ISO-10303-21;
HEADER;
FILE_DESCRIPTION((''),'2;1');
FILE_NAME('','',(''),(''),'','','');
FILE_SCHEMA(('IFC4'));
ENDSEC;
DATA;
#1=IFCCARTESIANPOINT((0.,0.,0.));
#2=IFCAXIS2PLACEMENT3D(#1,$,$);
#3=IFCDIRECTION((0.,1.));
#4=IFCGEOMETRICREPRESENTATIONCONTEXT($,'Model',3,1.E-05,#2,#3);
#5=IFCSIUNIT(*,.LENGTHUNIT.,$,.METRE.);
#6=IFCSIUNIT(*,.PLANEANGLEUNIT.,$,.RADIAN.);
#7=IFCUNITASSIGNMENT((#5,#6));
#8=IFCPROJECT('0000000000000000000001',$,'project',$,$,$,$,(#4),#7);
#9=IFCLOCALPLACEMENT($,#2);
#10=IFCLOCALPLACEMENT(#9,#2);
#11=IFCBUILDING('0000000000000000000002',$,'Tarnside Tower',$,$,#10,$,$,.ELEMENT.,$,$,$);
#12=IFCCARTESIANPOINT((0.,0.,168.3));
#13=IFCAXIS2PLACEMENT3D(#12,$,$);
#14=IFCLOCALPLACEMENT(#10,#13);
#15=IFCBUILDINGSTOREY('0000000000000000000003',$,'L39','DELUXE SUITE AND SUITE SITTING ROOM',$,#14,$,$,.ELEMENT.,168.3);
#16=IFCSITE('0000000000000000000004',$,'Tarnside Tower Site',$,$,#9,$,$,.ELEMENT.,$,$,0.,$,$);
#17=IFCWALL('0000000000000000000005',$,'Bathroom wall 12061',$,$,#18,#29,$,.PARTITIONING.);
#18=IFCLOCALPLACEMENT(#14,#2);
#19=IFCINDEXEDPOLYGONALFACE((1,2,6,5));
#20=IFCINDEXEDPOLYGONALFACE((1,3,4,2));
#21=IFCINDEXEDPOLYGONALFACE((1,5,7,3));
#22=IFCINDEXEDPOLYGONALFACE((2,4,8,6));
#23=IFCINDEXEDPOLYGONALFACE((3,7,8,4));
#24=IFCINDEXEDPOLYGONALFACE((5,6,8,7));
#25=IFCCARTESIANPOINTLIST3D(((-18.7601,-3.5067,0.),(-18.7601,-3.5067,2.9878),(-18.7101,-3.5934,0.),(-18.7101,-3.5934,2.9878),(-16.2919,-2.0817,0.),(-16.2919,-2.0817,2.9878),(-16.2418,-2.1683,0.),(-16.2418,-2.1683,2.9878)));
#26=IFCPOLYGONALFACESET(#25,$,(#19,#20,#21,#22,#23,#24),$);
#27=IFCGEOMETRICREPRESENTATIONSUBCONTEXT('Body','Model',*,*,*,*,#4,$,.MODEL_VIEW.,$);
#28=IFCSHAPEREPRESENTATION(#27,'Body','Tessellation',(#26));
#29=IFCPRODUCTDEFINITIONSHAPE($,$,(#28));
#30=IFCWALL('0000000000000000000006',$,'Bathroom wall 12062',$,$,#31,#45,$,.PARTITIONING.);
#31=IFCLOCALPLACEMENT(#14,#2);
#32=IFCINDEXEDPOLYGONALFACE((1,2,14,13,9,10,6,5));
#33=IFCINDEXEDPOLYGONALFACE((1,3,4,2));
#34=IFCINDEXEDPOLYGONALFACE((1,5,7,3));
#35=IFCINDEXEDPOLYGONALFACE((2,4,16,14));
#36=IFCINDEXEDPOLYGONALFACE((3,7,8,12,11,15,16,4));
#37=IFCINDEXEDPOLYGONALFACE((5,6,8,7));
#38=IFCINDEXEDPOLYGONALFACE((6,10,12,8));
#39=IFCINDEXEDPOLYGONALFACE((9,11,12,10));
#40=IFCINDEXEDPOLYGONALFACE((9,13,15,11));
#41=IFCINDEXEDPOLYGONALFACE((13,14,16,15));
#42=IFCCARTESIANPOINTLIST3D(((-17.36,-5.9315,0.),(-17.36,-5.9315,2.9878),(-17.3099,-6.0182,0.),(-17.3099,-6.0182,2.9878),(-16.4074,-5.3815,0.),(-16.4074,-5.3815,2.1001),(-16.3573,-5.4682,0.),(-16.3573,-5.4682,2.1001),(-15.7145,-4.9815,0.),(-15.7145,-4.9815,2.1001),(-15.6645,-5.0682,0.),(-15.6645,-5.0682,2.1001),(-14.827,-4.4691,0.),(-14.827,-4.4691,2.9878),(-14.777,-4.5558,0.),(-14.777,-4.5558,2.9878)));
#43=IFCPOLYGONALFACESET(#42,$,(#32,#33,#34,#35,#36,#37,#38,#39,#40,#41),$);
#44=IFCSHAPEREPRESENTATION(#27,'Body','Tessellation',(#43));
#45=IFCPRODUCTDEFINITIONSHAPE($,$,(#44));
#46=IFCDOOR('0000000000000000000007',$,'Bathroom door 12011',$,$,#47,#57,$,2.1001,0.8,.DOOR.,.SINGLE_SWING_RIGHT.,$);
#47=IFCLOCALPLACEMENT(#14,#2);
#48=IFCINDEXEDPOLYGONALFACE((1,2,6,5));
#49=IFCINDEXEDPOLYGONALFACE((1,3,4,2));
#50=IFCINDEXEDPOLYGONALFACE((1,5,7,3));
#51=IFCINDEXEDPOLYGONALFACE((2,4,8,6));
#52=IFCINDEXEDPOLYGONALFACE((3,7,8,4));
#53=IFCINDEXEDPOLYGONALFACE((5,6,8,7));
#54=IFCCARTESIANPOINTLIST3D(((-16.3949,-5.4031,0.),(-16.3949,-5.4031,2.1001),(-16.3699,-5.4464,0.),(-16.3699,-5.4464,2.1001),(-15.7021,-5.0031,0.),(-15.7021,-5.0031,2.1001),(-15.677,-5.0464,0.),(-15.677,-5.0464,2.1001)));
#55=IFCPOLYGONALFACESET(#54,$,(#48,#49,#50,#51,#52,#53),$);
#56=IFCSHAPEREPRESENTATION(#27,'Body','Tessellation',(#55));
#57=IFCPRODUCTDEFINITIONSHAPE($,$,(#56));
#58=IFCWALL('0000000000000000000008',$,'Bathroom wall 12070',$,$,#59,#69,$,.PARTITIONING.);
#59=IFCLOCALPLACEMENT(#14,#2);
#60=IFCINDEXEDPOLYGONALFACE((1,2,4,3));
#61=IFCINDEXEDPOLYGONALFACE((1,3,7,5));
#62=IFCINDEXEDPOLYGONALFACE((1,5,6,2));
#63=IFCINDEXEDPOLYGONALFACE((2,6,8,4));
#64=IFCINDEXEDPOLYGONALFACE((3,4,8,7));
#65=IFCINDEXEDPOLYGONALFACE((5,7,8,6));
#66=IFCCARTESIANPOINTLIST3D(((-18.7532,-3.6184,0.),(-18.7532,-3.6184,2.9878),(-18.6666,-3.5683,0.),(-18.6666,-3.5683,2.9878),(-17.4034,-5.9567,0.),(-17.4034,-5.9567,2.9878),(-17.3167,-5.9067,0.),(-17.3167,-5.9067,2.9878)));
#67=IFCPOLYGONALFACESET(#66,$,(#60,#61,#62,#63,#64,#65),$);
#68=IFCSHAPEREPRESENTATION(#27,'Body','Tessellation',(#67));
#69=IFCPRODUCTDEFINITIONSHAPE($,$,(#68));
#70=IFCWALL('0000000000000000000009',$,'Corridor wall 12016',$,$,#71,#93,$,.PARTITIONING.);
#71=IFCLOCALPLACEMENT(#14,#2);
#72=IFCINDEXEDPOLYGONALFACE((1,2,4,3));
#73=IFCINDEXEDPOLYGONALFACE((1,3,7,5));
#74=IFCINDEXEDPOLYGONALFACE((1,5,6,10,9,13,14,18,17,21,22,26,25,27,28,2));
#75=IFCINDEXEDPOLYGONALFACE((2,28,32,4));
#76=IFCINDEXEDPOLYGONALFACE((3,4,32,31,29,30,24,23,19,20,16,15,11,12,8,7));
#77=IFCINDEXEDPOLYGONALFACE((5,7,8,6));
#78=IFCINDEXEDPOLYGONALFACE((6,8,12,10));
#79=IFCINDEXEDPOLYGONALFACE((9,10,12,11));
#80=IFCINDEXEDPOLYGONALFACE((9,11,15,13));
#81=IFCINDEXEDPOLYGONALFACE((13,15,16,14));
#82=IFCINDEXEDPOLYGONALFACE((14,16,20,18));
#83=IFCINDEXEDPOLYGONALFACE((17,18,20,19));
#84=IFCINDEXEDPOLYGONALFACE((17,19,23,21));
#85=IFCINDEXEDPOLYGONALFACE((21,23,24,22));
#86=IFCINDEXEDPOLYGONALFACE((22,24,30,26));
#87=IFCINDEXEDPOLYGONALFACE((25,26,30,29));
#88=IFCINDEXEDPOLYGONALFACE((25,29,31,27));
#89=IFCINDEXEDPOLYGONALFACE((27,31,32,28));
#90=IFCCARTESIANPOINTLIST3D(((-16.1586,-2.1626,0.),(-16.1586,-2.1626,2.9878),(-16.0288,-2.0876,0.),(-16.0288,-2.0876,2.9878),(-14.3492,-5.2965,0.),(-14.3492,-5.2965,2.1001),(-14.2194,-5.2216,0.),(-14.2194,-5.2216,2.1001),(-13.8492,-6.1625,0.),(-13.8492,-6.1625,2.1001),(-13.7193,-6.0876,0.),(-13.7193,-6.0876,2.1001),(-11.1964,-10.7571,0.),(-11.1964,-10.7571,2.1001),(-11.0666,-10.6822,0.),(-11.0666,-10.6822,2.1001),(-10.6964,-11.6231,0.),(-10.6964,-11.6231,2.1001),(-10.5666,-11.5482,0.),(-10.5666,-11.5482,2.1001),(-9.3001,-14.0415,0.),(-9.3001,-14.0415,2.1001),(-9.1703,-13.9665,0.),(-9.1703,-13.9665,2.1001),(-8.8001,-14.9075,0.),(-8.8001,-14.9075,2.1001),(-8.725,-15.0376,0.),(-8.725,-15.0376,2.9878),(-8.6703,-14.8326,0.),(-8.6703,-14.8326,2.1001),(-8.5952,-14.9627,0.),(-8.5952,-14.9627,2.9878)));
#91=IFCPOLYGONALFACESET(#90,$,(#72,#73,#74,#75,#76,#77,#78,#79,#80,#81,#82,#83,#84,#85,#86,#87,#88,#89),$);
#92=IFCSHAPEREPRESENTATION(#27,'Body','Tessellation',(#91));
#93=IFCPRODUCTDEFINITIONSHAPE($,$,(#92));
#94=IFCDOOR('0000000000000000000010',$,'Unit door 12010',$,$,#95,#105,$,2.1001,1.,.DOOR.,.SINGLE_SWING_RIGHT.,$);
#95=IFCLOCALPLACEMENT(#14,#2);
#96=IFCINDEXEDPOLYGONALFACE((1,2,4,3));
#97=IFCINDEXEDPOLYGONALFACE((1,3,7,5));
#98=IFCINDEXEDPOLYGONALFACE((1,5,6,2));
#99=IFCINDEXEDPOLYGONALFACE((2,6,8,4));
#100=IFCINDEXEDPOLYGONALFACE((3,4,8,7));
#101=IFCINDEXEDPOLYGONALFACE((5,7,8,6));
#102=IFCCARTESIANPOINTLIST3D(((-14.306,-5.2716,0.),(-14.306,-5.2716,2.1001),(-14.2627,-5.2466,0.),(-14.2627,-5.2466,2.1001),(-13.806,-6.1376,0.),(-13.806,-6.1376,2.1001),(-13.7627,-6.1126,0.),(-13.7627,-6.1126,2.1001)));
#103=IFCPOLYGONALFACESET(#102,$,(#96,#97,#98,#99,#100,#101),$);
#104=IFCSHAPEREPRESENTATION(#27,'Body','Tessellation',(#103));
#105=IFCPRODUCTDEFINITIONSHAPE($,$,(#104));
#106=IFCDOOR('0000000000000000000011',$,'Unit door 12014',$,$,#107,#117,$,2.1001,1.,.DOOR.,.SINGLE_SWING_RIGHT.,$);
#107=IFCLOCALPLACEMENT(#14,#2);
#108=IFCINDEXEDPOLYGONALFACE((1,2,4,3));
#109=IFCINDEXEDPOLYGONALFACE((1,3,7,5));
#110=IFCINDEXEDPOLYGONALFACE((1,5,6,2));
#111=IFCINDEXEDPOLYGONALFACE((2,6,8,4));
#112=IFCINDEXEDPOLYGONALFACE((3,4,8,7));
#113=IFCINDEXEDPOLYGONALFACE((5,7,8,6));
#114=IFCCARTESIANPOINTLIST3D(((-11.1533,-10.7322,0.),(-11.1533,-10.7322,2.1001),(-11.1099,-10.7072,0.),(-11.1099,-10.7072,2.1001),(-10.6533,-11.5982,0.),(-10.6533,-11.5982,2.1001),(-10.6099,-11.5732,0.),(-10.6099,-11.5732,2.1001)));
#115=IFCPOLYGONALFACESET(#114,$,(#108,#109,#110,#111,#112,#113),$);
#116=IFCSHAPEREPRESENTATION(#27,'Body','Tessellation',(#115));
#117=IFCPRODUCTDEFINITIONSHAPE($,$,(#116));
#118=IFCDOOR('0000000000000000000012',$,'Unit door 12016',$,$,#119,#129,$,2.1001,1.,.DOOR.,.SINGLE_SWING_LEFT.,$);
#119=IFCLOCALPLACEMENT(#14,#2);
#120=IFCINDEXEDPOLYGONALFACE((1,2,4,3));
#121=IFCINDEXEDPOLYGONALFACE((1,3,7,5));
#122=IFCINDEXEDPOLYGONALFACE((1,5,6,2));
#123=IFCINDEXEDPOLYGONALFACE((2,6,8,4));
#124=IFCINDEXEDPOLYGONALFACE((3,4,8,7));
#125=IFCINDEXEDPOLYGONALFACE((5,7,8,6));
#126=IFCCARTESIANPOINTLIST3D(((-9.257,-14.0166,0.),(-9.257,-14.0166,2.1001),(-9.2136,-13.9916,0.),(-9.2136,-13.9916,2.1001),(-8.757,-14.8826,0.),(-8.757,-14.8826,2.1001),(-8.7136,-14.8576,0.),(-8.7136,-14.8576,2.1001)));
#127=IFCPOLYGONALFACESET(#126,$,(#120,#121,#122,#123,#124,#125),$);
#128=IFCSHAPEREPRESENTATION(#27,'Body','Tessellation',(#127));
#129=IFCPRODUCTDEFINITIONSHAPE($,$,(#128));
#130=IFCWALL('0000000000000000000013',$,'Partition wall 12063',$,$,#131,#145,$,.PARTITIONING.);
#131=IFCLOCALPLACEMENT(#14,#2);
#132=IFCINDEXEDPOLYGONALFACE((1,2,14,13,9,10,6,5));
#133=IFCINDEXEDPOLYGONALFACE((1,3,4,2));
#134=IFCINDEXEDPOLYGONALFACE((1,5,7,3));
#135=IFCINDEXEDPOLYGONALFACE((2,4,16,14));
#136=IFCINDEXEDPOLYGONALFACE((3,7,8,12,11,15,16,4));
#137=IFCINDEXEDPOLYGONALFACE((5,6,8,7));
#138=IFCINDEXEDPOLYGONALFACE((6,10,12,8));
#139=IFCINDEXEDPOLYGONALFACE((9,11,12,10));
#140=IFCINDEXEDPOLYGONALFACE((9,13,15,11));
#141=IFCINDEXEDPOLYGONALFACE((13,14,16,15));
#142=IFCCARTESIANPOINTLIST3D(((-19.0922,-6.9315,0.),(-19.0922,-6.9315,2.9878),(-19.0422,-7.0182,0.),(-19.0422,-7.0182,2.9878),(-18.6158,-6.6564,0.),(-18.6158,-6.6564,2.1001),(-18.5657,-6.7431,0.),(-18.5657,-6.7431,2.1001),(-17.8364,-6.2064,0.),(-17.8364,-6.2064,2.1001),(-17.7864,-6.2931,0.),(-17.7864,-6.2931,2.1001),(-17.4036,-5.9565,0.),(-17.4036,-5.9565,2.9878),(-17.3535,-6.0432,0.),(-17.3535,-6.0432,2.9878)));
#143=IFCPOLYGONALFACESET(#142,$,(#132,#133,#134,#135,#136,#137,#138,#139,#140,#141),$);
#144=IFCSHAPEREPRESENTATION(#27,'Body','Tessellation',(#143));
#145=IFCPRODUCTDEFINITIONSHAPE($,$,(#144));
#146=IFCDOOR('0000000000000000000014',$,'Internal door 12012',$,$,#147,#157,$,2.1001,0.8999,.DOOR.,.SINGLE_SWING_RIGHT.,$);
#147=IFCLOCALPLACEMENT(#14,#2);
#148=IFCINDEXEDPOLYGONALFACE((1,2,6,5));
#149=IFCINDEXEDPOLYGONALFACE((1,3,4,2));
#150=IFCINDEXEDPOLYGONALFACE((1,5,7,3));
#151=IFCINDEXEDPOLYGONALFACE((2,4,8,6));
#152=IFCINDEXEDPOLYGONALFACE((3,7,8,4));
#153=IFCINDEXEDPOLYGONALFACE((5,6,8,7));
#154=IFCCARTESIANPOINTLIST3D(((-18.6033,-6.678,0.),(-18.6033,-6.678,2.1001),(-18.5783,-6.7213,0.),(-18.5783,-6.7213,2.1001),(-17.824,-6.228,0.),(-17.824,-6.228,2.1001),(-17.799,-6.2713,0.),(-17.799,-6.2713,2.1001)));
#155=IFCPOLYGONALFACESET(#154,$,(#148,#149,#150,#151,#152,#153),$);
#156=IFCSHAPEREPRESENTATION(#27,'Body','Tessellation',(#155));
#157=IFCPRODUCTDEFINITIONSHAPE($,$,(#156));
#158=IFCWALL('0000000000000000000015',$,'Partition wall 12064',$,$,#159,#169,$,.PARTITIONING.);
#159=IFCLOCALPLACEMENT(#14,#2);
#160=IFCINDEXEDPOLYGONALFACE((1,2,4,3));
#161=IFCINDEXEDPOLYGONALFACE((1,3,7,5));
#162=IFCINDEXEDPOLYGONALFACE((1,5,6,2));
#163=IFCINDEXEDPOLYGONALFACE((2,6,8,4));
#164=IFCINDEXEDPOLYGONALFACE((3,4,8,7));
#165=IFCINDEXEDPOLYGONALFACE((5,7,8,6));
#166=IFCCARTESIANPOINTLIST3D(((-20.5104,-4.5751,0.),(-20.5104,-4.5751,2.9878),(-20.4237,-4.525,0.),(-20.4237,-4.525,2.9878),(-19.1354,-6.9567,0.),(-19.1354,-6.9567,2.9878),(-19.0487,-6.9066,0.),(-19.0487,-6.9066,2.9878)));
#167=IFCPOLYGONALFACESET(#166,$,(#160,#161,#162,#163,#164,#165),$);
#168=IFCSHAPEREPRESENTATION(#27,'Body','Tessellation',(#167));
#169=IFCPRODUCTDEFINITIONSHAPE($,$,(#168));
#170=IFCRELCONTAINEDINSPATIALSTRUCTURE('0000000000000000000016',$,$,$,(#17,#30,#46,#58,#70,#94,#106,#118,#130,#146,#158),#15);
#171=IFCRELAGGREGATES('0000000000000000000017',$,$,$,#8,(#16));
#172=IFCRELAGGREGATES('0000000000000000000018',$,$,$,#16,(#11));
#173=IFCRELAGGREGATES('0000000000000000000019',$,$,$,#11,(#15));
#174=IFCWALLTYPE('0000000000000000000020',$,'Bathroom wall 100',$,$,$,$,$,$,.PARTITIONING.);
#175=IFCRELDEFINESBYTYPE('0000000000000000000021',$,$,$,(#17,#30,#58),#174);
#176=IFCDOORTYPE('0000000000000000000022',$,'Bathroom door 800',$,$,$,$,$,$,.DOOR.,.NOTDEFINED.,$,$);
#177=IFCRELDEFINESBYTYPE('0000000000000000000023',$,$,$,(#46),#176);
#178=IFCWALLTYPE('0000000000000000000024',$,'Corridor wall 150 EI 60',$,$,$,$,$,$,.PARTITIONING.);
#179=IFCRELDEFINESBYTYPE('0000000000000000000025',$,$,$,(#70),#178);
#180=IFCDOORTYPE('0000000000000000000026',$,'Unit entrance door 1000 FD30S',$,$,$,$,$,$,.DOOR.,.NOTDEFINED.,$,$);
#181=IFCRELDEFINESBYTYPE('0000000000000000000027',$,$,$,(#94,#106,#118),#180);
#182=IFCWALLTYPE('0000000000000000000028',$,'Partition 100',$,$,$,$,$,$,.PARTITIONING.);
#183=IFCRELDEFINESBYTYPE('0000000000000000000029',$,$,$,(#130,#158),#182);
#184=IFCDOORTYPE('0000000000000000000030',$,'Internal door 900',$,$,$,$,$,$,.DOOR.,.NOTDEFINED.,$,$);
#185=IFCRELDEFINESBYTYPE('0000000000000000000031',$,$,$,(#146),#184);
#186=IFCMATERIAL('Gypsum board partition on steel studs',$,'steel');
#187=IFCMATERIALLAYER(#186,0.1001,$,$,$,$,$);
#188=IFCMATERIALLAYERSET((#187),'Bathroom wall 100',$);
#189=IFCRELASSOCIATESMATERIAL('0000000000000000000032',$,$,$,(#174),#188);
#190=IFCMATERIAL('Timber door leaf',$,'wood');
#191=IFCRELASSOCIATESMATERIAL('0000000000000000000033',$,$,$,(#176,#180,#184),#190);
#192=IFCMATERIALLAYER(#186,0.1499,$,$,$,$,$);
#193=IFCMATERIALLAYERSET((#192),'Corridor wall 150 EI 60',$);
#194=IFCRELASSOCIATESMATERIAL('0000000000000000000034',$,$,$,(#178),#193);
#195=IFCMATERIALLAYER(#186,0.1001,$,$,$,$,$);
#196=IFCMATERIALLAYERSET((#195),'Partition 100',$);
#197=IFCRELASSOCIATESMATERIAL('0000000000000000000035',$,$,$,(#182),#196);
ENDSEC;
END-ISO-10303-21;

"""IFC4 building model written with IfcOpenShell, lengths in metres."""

from ifc_helpers import new_model, si_unit, direction, frame, frame_2d, origin, place, context, subcontext, project, spatial, rectangle, extrude, material, layer, layer_set, type_object, element, fill, save


model = new_model("IFC4")

# Units and contexts
model_context = context("Model", 3, precision=1e-05, world=origin(), true_north=direction((0.0, 1.0)))
body_context = subcontext(model_context, "Body", "Model", "MODEL_VIEW")
ifc_project = project(units=[si_unit("LENGTHUNIT", "METRE"), si_unit("PLANEANGLEUNIT", "RADIAN")], contexts=[model_context])

# Site, building, storey
site_placement = place(None, origin())
site = spatial("IfcSite", under=ifc_project, at=site_placement, Name="Tarnside Tower Site", CompositionType="ELEMENT", RefElevation=0.0)
building_placement = place(site_placement, origin())
building = spatial("IfcBuilding", under=site, at=building_placement, Name="Tarnside Tower", CompositionType="ELEMENT")
storey_placement = place(building_placement, frame((0.0, 0.0, 168.3)))
storey = spatial("IfcBuildingStorey", under=building, at=storey_placement, Name="L39", Description="DELUXE SUITE AND SUITE SITTING ROOM", CompositionType="ELEMENT", Elevation=168.3)

# Wall
ifc_material_1 = material(Name="Gypsum board partition on steel studs", Category="steel")
ifc_layer_1 = layer(ifc_material_1, 0.1001)
ifc_layer_set_1 = layer_set([ifc_layer_1], Name="Bathroom wall 100")
wall_type_1 = type_object("IfcWallType", Name="Bathroom wall 100", PredefinedType="PARTITIONING", material=ifc_layer_set_1)
wall_1_placement = place(storey_placement, frame((-18.7351, -3.55, 0.0), z_axis=(0.0, 0.0, 1.0), x_axis=(0.866026, 0.499999, 0.0)))
element("IfcWall", 1, at=wall_1_placement, inside=storey, type_object=wall_type_1, Name="Bathroom wall 12061", PredefinedType="PARTITIONING", context=body_context, shape_type="SweptSolid", body=[
    extrude(rectangle(XDim=2.8501, YDim=0.1001, at=frame_2d((1.425, 0.0))), origin(), (0.0, 0.0, 1.0), 2.9878),
])

# Wall, opening, door
wall_2_placement = place(storey_placement, frame((-14.802, -4.5125, 0.0), z_axis=(0.0, 0.0, 1.0), x_axis=(-0.866026, -0.499999, 0.0)))
wall_2 = element("IfcWall", 2, at=wall_2_placement, inside=storey, type_object=wall_type_1, Name="Bathroom wall 12062", PredefinedType="PARTITIONING", context=body_context, shape_type="SweptSolid", body=[
    extrude(rectangle(XDim=2.9248, YDim=0.1001, at=frame_2d((1.4624, 0.0))), origin(), (0.0, 0.0, 1.0), 2.9878),
])
opening_1_placement = place(wall_2_placement, frame((1.0249, 0.0, 0.0)))
opening_1 = element("IfcOpeningElement", 3, at=opening_1_placement, cuts=wall_2, PredefinedType="OPENING", context=body_context, shape_type="SweptSolid", body=[
    extrude(rectangle(XDim=0.8, YDim=2.1001, at=frame_2d((0.3999, 1.05))), frame((0.0, 0.0601, 0.0), z_axis=(0.0, -1.0, 0.0), x_axis=(1.0, 0.0, 0.0)), (0.0, 0.0, 1.0), 0.1201),
])
ifc_material_2 = material(Name="Timber door leaf", Category="wood")
door_type_1 = type_object("IfcDoorType", Name="Bathroom door 800", OperationType="NOTDEFINED", PredefinedType="DOOR", material=ifc_material_2)
door_1_placement = place(opening_1_placement, origin())
door_1 = element("IfcDoor", 4, at=door_1_placement, inside=storey, type_object=door_type_1, Name="Bathroom door 12011", OperationType="SINGLE_SWING_RIGHT", OverallHeight=2.1001, OverallWidth=0.8, PredefinedType="DOOR", context=body_context, shape_type="SweptSolid", body=[
    extrude(rectangle(XDim=0.8, YDim=2.1001, at=frame_2d((0.3999, 1.05))), frame((0.0, 0.0249, 0.0), z_axis=(0.0, -1.0, 0.0), x_axis=(1.0, 0.0, 0.0)), (0.0, 0.0, 1.0), 0.05),
])
fill(opening_1, door_1)

# Wall
wall_3_placement = place(storey_placement, frame((-18.71, -3.5933, 0.0), z_axis=(0.0, 0.0, 1.0), x_axis=(0.499942, -0.866059, 0.0)))
element("IfcWall", 5, at=wall_3_placement, inside=storey, type_object=wall_type_1, Name="Bathroom wall 12070", PredefinedType="PARTITIONING", context=body_context, shape_type="SweptSolid", body=[
    extrude(rectangle(XDim=2.7, YDim=0.1001, at=frame_2d((1.3501, 0.0))), origin(), (0.0, 0.0, 1.0), 2.9878),
])

# Wall, openings, doors
ifc_layer_2 = layer(ifc_material_1, 0.1499)
ifc_layer_set_2 = layer_set([ifc_layer_2], Name="Corridor wall 150 EI 60")
wall_type_2 = type_object("IfcWallType", Name="Corridor wall 150 EI 60", PredefinedType="PARTITIONING", material=ifc_layer_set_2)
wall_4_placement = place(storey_placement, frame((-16.0938, -2.125, 0.0), z_axis=(0.0, 0.0, 1.0), x_axis=(0.500011, -0.866019, 0.0)))
wall_4 = element("IfcWall", 6, at=wall_4_placement, inside=storey, type_object=wall_type_2, Name="Corridor wall 12016", PredefinedType="PARTITIONING", context=body_context, shape_type="SweptSolid", body=[
    extrude(rectangle(XDim=14.8669, YDim=0.1499, at=frame_2d((7.4336, 0.0))), origin(), (0.0, 0.0, 1.0), 2.9878),
])
opening_2_placement = place(wall_4_placement, frame((3.6189, 0.0, 0.0)))
opening_2 = element("IfcOpeningElement", 7, at=opening_2_placement, cuts=wall_4, PredefinedType="OPENING", context=body_context, shape_type="SweptSolid", body=[
    extrude(rectangle(XDim=1.0, YDim=2.1001, at=frame_2d((0.5, 1.05))), frame((0.0, 0.085, 0.0), z_axis=(0.0, -1.0, 0.0), x_axis=(1.0, 0.0, 0.0)), (0.0, 0.0, 1.0), 0.1699),
])
opening_3_placement = place(wall_4_placement, frame((9.9243, 0.0, 0.0)))
opening_3 = element("IfcOpeningElement", 8, at=opening_3_placement, cuts=wall_4, PredefinedType="OPENING", context=body_context, shape_type="SweptSolid", body=[
    extrude(rectangle(XDim=1.0, YDim=2.1001, at=frame_2d((0.5, 1.05))), frame((0.0, 0.085, 0.0), z_axis=(0.0, -1.0, 0.0), x_axis=(1.0, 0.0, 0.0)), (0.0, 0.0, 1.0), 0.1699),
])
opening_4_placement = place(wall_4_placement, frame((13.7168, 0.0, 0.0)))
opening_4 = element("IfcOpeningElement", 9, at=opening_4_placement, cuts=wall_4, PredefinedType="OPENING", context=body_context, shape_type="SweptSolid", body=[
    extrude(rectangle(XDim=1.0, YDim=2.1001, at=frame_2d((0.5, 1.05))), frame((0.0, 0.085, 0.0), z_axis=(0.0, -1.0, 0.0), x_axis=(1.0, 0.0, 0.0)), (0.0, 0.0, 1.0), 0.1699),
])
door_type_2 = type_object("IfcDoorType", Name="Unit entrance door 1000 FD30S", OperationType="NOTDEFINED", PredefinedType="DOOR", material=ifc_material_2)
door_2_placement = place(opening_2_placement, origin())
door_2 = element("IfcDoor", 10, at=door_2_placement, inside=storey, type_object=door_type_2, Name="Unit door 12010", OperationType="SINGLE_SWING_RIGHT", OverallHeight=2.1001, OverallWidth=1.0, PredefinedType="DOOR", context=body_context, shape_type="SweptSolid", body=[
    extrude(rectangle(XDim=1.0, YDim=2.1001, at=frame_2d((0.5, 1.05))), frame((0.0, 0.0249, 0.0), z_axis=(0.0, -1.0, 0.0), x_axis=(1.0, 0.0, 0.0)), (0.0, 0.0, 1.0), 0.05),
])
fill(opening_2, door_2)
door_3_placement = place(opening_3_placement, origin())
door_3 = element("IfcDoor", 11, at=door_3_placement, inside=storey, type_object=door_type_2, Name="Unit door 12014", OperationType="SINGLE_SWING_RIGHT", OverallHeight=2.1001, OverallWidth=1.0, PredefinedType="DOOR", context=body_context, shape_type="SweptSolid", body=[
    extrude(rectangle(XDim=1.0, YDim=2.1001, at=frame_2d((0.5, 1.05))), frame((0.0, 0.0249, 0.0), z_axis=(0.0, -1.0, 0.0), x_axis=(1.0, 0.0, 0.0)), (0.0, 0.0, 1.0), 0.05),
])
fill(opening_3, door_3)
door_4_placement = place(opening_4_placement, origin())
door_4 = element("IfcDoor", 12, at=door_4_placement, inside=storey, type_object=door_type_2, Name="Unit door 12016", OperationType="SINGLE_SWING_LEFT", OverallHeight=2.1001, OverallWidth=1.0, PredefinedType="DOOR", context=body_context, shape_type="SweptSolid", body=[
    extrude(rectangle(XDim=1.0, YDim=2.1001, at=frame_2d((0.5, 1.05))), frame((0.0, 0.0249, 0.0), z_axis=(0.0, -1.0, 0.0), x_axis=(1.0, 0.0, 0.0)), (0.0, 0.0, 1.0), 0.05),
])
fill(opening_4, door_4)

# Wall, opening, door
ifc_layer_3 = layer(ifc_material_1, 0.1001)
ifc_layer_set_3 = layer_set([ifc_layer_3], Name="Partition 100")
wall_type_3 = type_object("IfcWallType", Name="Partition 100", PredefinedType="PARTITIONING", material=ifc_layer_set_3)
wall_5_placement = place(storey_placement, frame((-17.3784, -5.9998, 0.0), z_axis=(0.0, 0.0, 1.0), x_axis=(-0.866, -0.500044, 0.0)))
wall_5 = element("IfcWall", 13, at=wall_5_placement, inside=storey, type_object=wall_type_3, Name="Partition wall 12063", PredefinedType="PARTITIONING", context=body_context, shape_type="SweptSolid", body=[
    extrude(rectangle(XDim=1.95, YDim=0.1001, at=frame_2d((0.9751, 0.0))), origin(), (0.0, 0.0, 1.0), 2.9878),
])
opening_5_placement = place(wall_5_placement, frame((0.5, 0.0, 0.0)))
opening_5 = element("IfcOpeningElement", 14, at=opening_5_placement, cuts=wall_5, PredefinedType="OPENING", context=body_context, shape_type="SweptSolid", body=[
    extrude(rectangle(XDim=0.8999, YDim=2.1001, at=frame_2d((0.45, 1.05))), frame((0.0, 0.0601, 0.0), z_axis=(0.0, -1.0, 0.0), x_axis=(1.0, 0.0, 0.0)), (0.0, 0.0, 1.0), 0.1201),
])
door_type_3 = type_object("IfcDoorType", Name="Internal door 900", OperationType="NOTDEFINED", PredefinedType="DOOR", material=ifc_material_2)
door_5_placement = place(opening_5_placement, origin())
door_5 = element("IfcDoor", 15, at=door_5_placement, inside=storey, type_object=door_type_3, Name="Internal door 12012", OperationType="SINGLE_SWING_RIGHT", OverallHeight=2.1001, OverallWidth=0.8999, PredefinedType="DOOR", context=body_context, shape_type="SweptSolid", body=[
    extrude(rectangle(XDim=0.8999, YDim=2.1001, at=frame_2d((0.45, 1.05))), frame((0.0, 0.0249, 0.0), z_axis=(0.0, -1.0, 0.0), x_axis=(1.0, 0.0, 0.0)), (0.0, 0.0, 1.0), 0.05),
])
fill(opening_5, door_5)

# Wall
wall_6_placement = place(storey_placement, frame((-19.092, -6.9316, 0.0), z_axis=(0.0, 0.0, 1.0), x_axis=(-0.499997, 0.866027, 0.0)))
element("IfcWall", 16, at=wall_6_placement, inside=storey, type_object=wall_type_3, Name="Partition wall 12064", PredefinedType="PARTITIONING", context=body_context, shape_type="SweptSolid", body=[
    extrude(rectangle(XDim=2.75, YDim=0.1001, at=frame_2d((1.375, 0.0))), origin(), (0.0, 0.0, 1.0), 2.9878),
])

save(model, "model.ifc")
